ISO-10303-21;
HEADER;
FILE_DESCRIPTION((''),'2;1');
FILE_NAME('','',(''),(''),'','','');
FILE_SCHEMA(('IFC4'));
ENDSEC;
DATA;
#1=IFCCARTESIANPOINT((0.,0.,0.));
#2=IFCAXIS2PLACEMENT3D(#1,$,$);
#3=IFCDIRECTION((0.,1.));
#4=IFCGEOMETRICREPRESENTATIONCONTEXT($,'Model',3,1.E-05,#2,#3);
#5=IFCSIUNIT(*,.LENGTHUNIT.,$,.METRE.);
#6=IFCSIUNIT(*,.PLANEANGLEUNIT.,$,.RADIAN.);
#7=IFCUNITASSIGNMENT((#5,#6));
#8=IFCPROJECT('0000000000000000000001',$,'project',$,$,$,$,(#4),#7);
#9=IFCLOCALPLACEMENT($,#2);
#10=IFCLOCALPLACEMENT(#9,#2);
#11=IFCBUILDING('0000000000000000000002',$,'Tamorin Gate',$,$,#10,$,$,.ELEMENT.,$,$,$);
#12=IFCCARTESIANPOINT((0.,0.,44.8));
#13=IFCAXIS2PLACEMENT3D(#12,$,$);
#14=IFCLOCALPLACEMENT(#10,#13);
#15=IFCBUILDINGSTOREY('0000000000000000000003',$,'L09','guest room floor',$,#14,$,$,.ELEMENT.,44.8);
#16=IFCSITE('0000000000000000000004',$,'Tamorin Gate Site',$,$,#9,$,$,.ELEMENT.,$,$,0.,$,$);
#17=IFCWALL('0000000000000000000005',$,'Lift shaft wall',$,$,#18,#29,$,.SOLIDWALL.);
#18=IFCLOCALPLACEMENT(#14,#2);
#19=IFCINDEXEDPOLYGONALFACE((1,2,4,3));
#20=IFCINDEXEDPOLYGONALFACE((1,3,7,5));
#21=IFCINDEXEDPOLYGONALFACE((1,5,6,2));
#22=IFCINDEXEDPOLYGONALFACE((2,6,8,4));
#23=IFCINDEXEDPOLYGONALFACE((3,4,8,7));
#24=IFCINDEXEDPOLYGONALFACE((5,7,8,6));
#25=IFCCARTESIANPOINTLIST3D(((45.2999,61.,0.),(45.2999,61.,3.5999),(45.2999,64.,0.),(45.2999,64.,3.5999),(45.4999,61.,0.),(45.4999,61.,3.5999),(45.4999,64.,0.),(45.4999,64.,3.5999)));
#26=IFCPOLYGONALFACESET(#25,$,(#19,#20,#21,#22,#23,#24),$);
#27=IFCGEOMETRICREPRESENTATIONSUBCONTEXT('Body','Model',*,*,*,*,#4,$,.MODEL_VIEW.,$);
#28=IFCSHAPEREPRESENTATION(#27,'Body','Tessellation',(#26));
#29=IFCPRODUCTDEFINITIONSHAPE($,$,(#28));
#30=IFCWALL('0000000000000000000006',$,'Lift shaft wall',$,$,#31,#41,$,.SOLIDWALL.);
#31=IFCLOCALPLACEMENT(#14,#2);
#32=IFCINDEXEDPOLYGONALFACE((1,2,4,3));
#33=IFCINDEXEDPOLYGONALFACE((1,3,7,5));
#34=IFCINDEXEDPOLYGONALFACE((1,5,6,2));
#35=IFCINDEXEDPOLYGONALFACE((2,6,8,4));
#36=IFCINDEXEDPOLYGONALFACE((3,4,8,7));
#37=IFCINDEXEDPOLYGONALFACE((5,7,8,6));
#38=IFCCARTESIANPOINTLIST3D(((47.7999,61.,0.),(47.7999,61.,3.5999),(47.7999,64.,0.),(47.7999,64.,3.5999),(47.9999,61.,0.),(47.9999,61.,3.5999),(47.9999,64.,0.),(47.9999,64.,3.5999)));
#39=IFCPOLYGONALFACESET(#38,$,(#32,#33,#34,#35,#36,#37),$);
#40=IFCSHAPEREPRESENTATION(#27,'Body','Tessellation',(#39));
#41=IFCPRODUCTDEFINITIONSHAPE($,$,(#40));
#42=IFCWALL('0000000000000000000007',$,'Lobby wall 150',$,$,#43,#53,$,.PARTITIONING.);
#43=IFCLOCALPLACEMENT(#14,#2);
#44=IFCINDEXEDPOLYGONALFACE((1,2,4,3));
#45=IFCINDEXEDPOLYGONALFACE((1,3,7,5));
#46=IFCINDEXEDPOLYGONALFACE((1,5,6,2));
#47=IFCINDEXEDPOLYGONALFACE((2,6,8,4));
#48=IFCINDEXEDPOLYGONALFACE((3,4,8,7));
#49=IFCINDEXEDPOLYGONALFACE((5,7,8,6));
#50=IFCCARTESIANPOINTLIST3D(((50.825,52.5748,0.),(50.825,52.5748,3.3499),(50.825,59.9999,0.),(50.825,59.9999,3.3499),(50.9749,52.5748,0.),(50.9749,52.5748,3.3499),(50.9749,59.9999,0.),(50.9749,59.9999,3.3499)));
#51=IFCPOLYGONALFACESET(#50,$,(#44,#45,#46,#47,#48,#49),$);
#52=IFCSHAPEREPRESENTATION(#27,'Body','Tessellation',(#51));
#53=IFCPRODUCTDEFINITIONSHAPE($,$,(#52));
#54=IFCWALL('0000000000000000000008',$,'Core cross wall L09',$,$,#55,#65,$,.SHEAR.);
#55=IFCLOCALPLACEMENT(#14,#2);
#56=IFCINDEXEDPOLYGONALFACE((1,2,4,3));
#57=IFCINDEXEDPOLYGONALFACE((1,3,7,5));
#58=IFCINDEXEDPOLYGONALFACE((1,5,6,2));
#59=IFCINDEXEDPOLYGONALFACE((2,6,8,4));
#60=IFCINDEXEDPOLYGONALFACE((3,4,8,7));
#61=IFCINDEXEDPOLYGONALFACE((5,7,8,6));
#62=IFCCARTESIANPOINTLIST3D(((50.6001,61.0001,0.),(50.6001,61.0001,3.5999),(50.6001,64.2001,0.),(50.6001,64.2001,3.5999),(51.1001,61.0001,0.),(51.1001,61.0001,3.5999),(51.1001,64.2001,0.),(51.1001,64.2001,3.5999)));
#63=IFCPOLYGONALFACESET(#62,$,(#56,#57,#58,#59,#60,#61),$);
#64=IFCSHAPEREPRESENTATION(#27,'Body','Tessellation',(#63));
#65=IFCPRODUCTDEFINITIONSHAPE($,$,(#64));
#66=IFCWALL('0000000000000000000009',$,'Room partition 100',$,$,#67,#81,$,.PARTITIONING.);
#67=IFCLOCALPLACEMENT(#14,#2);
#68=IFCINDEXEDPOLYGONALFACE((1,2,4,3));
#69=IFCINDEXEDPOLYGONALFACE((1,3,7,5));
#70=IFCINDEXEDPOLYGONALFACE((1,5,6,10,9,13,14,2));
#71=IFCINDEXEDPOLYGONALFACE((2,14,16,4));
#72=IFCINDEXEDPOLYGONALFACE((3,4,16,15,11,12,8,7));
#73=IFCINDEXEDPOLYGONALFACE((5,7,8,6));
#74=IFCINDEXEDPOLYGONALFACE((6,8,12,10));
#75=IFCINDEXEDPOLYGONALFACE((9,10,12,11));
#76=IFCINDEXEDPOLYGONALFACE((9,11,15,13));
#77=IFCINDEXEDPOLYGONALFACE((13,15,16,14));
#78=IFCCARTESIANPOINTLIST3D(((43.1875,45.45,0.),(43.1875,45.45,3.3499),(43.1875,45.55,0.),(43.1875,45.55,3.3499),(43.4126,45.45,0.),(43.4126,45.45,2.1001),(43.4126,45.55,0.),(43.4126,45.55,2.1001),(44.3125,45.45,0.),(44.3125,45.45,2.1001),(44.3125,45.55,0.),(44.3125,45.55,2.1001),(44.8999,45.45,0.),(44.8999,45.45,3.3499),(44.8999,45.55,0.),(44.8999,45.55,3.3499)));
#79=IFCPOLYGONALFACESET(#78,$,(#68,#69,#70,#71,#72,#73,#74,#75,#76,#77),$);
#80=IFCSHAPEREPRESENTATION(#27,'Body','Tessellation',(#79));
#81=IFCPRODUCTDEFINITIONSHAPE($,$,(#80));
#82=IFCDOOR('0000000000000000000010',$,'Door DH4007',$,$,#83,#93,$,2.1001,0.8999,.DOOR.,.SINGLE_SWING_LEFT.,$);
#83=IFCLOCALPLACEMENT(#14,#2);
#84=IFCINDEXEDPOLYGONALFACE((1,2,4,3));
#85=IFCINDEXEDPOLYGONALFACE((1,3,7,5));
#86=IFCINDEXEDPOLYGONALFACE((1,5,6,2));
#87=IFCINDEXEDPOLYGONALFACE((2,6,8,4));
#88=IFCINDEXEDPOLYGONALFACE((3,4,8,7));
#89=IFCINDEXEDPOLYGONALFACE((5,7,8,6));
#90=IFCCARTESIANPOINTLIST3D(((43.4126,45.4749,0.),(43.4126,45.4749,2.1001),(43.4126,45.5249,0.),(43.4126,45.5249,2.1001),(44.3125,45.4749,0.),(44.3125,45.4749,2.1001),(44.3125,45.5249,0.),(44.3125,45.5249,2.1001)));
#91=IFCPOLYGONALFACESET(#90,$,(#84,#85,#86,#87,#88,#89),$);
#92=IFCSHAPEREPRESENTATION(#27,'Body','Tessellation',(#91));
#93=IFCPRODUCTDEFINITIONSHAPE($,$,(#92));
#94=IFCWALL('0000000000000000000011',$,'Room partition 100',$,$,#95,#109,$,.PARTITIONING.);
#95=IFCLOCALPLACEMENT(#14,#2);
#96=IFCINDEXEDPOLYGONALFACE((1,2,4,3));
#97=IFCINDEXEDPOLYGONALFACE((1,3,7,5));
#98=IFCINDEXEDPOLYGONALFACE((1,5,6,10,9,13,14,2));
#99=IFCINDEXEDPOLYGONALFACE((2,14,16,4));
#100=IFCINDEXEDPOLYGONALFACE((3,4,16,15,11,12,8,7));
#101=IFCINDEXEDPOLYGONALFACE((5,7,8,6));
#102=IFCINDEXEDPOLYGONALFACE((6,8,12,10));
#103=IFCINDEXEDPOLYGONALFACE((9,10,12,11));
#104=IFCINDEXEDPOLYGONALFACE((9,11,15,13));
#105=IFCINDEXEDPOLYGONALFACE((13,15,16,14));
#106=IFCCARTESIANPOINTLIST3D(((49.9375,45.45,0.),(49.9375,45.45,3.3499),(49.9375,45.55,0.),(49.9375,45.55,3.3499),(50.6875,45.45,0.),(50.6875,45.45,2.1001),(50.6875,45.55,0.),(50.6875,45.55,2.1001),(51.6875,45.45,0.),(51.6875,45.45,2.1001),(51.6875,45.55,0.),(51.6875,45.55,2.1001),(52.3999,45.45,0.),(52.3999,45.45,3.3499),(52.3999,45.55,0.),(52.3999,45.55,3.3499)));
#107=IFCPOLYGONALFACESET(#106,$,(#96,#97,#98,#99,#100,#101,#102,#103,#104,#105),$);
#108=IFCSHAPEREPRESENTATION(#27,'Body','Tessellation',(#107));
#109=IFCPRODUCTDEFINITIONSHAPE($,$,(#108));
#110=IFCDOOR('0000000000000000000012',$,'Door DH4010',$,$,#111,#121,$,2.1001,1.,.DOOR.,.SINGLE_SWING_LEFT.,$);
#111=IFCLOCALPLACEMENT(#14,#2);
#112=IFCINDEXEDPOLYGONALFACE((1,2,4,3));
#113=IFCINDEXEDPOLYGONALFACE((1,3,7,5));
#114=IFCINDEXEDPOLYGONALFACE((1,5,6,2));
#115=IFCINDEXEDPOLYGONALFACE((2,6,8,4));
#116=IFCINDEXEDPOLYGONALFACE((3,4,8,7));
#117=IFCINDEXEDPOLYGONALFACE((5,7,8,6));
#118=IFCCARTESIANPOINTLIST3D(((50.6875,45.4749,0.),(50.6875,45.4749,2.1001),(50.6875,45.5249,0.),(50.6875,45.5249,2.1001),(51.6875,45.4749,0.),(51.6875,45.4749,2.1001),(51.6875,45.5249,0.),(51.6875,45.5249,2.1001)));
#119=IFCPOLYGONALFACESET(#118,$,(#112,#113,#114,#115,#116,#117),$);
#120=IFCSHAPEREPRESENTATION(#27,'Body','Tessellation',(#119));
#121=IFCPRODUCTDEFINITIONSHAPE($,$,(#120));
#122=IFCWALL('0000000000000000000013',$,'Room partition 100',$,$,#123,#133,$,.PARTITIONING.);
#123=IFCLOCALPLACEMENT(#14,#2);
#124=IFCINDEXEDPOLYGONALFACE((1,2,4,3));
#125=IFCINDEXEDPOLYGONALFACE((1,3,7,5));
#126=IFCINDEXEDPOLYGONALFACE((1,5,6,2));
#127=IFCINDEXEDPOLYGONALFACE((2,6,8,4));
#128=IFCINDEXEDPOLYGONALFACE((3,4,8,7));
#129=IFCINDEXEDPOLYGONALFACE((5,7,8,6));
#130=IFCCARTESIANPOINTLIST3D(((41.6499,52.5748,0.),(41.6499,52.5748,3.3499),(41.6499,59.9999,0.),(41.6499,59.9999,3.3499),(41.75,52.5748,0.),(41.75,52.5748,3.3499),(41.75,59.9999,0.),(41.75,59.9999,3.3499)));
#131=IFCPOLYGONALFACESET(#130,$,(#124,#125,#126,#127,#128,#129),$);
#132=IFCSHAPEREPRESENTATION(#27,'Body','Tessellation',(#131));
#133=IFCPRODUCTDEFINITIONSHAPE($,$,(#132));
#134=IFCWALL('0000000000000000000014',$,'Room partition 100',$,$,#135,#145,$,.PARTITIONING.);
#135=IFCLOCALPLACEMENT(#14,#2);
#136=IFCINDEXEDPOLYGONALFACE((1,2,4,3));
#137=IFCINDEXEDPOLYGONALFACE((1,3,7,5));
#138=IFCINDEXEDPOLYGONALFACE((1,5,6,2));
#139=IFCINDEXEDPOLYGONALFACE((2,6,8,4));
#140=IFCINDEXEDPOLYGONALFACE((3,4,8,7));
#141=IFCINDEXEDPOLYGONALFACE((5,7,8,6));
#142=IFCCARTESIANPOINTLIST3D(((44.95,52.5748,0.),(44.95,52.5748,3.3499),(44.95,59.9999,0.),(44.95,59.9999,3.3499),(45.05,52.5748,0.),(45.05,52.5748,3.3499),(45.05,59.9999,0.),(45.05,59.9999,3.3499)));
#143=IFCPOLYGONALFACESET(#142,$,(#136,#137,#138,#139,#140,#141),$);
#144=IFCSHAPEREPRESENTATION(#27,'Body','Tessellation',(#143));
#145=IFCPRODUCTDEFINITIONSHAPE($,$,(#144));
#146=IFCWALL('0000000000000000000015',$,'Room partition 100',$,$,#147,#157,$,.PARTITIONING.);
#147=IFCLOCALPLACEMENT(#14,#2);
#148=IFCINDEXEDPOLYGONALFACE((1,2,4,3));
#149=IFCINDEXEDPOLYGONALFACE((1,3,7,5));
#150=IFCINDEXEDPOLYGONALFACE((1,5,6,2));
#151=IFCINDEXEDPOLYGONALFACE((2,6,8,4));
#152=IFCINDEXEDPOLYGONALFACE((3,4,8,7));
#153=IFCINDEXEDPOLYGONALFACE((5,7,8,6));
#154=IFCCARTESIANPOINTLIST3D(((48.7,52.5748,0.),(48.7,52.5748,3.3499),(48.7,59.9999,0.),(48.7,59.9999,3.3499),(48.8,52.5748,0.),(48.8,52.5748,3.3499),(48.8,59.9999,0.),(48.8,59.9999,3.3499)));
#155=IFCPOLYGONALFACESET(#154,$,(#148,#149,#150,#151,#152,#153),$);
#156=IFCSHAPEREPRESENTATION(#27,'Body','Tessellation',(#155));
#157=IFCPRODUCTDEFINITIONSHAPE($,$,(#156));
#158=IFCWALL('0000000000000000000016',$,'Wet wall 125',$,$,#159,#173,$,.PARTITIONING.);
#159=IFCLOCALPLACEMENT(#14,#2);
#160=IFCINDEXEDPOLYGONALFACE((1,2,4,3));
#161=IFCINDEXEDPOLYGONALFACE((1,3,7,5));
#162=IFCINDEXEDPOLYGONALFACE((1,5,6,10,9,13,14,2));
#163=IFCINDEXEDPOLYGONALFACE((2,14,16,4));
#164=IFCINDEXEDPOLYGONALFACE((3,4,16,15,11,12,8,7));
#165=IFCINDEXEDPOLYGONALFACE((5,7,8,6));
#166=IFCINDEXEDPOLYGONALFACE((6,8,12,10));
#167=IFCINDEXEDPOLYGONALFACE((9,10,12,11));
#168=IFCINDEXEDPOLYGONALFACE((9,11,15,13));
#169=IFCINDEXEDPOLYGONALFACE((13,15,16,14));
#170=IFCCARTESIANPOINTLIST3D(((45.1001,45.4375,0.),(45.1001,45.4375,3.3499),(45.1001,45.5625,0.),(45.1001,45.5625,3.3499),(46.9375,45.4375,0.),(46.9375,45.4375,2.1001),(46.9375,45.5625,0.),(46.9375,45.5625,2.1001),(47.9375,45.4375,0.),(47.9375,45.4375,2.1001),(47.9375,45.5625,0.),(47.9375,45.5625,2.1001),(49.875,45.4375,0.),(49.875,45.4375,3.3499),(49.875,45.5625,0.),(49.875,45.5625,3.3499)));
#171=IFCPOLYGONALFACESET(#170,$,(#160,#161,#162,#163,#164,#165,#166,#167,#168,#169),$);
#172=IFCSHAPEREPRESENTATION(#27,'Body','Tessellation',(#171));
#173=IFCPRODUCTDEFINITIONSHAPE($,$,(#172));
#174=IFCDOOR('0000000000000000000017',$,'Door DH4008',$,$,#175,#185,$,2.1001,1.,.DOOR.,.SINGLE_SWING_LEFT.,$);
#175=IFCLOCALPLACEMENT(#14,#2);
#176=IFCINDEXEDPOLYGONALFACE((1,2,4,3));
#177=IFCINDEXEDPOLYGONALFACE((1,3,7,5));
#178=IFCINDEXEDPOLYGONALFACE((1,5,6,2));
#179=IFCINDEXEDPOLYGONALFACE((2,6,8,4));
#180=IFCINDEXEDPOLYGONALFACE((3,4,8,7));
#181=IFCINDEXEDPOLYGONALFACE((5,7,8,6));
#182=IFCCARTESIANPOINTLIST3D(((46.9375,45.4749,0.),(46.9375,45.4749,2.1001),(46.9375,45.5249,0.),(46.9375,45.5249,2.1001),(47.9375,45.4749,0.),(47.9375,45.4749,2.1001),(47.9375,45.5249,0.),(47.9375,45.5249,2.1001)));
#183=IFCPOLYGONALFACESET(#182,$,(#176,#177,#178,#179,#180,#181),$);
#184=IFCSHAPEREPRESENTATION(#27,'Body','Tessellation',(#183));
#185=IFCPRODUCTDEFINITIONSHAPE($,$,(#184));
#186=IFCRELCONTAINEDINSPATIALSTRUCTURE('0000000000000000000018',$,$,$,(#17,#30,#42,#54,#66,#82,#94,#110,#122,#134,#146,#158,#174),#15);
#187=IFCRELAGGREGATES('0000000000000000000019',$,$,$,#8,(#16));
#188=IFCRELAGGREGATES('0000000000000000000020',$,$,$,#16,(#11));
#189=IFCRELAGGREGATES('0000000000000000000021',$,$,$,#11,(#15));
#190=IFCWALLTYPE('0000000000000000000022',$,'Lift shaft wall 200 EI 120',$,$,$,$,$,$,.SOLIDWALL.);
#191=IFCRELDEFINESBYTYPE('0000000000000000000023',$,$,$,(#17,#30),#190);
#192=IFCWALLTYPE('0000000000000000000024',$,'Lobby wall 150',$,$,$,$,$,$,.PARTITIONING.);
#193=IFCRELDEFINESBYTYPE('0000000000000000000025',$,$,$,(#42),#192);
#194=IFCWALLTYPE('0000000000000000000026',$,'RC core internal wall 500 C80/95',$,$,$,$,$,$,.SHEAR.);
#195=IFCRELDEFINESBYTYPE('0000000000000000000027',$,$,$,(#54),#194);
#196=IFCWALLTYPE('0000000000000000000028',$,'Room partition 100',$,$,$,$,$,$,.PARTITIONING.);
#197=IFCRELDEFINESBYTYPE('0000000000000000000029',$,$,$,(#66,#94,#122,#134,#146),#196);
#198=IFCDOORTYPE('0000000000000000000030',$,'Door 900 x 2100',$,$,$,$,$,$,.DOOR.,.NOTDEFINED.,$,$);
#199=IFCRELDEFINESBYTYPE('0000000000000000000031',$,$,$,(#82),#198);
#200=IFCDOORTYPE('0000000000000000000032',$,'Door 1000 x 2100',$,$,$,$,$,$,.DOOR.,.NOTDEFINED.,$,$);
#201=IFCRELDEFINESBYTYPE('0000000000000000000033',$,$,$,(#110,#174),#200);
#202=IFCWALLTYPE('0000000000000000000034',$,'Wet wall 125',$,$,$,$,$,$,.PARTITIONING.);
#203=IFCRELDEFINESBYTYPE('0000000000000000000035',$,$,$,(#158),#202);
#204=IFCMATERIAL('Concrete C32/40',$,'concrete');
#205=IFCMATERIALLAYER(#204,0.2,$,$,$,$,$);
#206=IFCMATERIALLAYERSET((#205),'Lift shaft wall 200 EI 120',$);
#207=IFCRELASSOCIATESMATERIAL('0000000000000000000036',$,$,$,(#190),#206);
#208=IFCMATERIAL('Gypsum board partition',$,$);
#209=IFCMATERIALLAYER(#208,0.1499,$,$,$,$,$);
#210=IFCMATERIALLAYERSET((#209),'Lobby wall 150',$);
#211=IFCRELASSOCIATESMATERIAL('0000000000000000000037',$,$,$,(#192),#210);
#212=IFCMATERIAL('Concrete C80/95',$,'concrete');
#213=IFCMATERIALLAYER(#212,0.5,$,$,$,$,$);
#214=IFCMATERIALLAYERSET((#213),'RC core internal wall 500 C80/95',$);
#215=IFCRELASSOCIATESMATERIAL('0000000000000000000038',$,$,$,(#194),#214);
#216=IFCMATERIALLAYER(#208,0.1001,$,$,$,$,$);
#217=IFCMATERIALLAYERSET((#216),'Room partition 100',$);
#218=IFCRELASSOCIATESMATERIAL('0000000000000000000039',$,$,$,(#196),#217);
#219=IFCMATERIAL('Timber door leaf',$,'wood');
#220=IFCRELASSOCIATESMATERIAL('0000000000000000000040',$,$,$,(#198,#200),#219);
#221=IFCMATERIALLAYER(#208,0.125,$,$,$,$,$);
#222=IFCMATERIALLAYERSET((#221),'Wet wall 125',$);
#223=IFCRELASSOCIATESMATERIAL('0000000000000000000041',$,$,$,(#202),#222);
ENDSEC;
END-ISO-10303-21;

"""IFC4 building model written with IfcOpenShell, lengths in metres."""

from ifc_helpers import new_model, si_unit, direction, frame, frame_2d, origin, place, context, subcontext, project, spatial, rectangle, extrude, material, layer, layer_set, type_object, element, fill, save


model = new_model("IFC4")

# Units and contexts
model_context = context("Model", 3, precision=1e-05, world=origin(), true_north=direction((0.0, 1.0)))
body_context = subcontext(model_context, "Body", "Model", "MODEL_VIEW")
ifc_project = project(units=[si_unit("LENGTHUNIT", "METRE"), si_unit("PLANEANGLEUNIT", "RADIAN")], contexts=[model_context])

# Site, building, storey
site_placement = place(None, origin())
site = spatial("IfcSite", under=ifc_project, at=site_placement, Name="Tamorin Gate Site", CompositionType="ELEMENT", RefElevation=0.0)
building_placement = place(site_placement, origin())
building = spatial("IfcBuilding", under=site, at=building_placement, Name="Tamorin Gate", CompositionType="ELEMENT")
storey_placement = place(building_placement, frame((0.0, 0.0, 44.8)))
storey = spatial("IfcBuildingStorey", under=building, at=storey_placement, Name="L09", Description="guest room floor", CompositionType="ELEMENT", Elevation=44.8)

# Shared definitions
ifc_material_1 = material(Name="Concrete C80/95", Category="concrete")

# Walls
ifc_material_2 = material(Name="Gypsum board partition")
ifc_material_3 = material(Name="Concrete C32/40", Category="concrete")
ifc_layer_1 = layer(ifc_material_3, 0.2)
ifc_layer_set_1 = layer_set([ifc_layer_1], Name="Lift shaft wall 200 EI 120")
wall_type_1 = type_object("IfcWallType", Name="Lift shaft wall 200 EI 120", PredefinedType="SOLIDWALL", material=ifc_layer_set_1)
for number, where, z_axis, x_axis, name in (
    (1, (45.3999, 61.0, 0.0), (0.0, 0.0, 1.0), (0.0, 1.0, 0.0), "Lift shaft wall"),
    (2, (47.8999, 61.0, 0.0), (0.0, 0.0, 1.0), (0.0, 1.0, 0.0), "Lift shaft wall"),
):
    element("IfcWall", number, at=place(storey_placement, frame(where, z_axis=z_axis, x_axis=x_axis)), inside=storey, type_object=wall_type_1, Name=name, PredefinedType="SOLIDWALL", context=body_context, shape_type="SweptSolid", body=[
        extrude(rectangle(XDim=3.0, YDim=0.2, at=frame_2d((1.5, 0.0))), origin(), (0.0, 0.0, 1.0), 3.5999),
    ])
ifc_layer_2 = layer(ifc_material_2, 0.1499)
ifc_layer_set_2 = layer_set([ifc_layer_2], Name="Lobby wall 150")
wall_type_2 = type_object("IfcWallType", Name="Lobby wall 150", PredefinedType="PARTITIONING", material=ifc_layer_set_2)
wall_1_placement = place(storey_placement, frame((50.8999, 52.575, 0.0), z_axis=(0.0, 0.0, 1.0), x_axis=(0.0, 1.0, 0.0)))
element("IfcWall", 3, at=wall_1_placement, inside=storey, type_object=wall_type_2, Name="Lobby wall 150", PredefinedType="PARTITIONING", context=body_context, shape_type="SweptSolid", body=[
    extrude(rectangle(XDim=7.425, YDim=0.1499, at=frame_2d((3.7124, 0.0))), origin(), (0.0, 0.0, 1.0), 3.3499),
])
ifc_layer_3 = layer(ifc_material_1, 0.5)
ifc_layer_set_3 = layer_set([ifc_layer_3], Name="RC core internal wall 500 C80/95")
wall_type_3 = type_object("IfcWallType", Name="RC core internal wall 500 C80/95", PredefinedType="SHEAR", material=ifc_layer_set_3)
wall_2_placement = place(storey_placement, frame((50.8501, 61.0, 0.0), z_axis=(0.0, 0.0, 1.0), x_axis=(0.0, 1.0, 0.0)))
element("IfcWall", 4, at=wall_2_placement, inside=storey, type_object=wall_type_3, Name="Core cross wall L09", PredefinedType="SHEAR", context=body_context, shape_type="SweptSolid", body=[
    extrude(rectangle(XDim=3.2, YDim=0.5, at=frame_2d((1.6001, 0.0))), origin(), (0.0, 0.0, 1.0), 3.5999),
])

# Walls, openings, doors
ifc_layer_4 = layer(ifc_material_2, 0.1001)
ifc_layer_set_4 = layer_set([ifc_layer_4], Name="Room partition 100")
wall_type_4 = type_object("IfcWallType", Name="Room partition 100", PredefinedType="PARTITIONING", material=ifc_layer_set_4)
wall_3_placement = place(storey_placement, frame((43.1875, 45.5, 0.0), z_axis=(0.0, 0.0, 1.0), x_axis=(1.0, 0.0, 0.0)))
wall_3 = element("IfcWall", 5, at=wall_3_placement, inside=storey, type_object=wall_type_4, Name="Room partition 100", PredefinedType="PARTITIONING", context=body_context, shape_type="SweptSolid", body=[
    extrude(rectangle(XDim=1.7124, YDim=0.1001, at=frame_2d((0.8562, 0.0))), origin(), (0.0, 0.0, 1.0), 3.3499),
])
opening_1_placement = place(wall_3_placement, frame((0.2251, 0.0, 0.0)))
opening_1 = element("IfcOpeningElement", 6, at=opening_1_placement, cuts=wall_3, PredefinedType="OPENING", context=body_context, shape_type="SweptSolid", body=[
    extrude(rectangle(XDim=0.8999, YDim=2.1001, at=frame_2d((0.45, 1.05))), frame((0.0, 0.0601, 0.0), z_axis=(0.0, -1.0, 0.0), x_axis=(1.0, 0.0, 0.0)), (0.0, 0.0, 1.0), 0.1201),
])
ifc_material_4 = material(Name="Timber door leaf", Category="wood")
door_type_1 = type_object("IfcDoorType", Name="Door 900 x 2100", OperationType="NOTDEFINED", PredefinedType="DOOR", material=ifc_material_4)
door_1_placement = place(opening_1_placement, origin())
door_1 = element("IfcDoor", 7, at=door_1_placement, inside=storey, type_object=door_type_1, Name="Door DH4007", OperationType="SINGLE_SWING_LEFT", OverallHeight=2.1001, OverallWidth=0.8999, PredefinedType="DOOR", context=body_context, shape_type="SweptSolid", body=[
    extrude(rectangle(XDim=0.8999, YDim=2.1001, at=frame_2d((0.45, 1.05))), frame((0.0, 0.0249, 0.0), z_axis=(0.0, -1.0, 0.0), x_axis=(1.0, 0.0, 0.0)), (0.0, 0.0, 1.0), 0.05),
])
fill(opening_1, door_1)
wall_4_placement = place(storey_placement, frame((49.9375, 45.5, 0.0), z_axis=(0.0, 0.0, 1.0), x_axis=(1.0, 0.0, 0.0)))
wall_4 = element("IfcWall", 8, at=wall_4_placement, inside=storey, type_object=wall_type_4, Name="Room partition 100", PredefinedType="PARTITIONING", context=body_context, shape_type="SweptSolid", body=[
    extrude(rectangle(XDim=2.4624, YDim=0.1001, at=frame_2d((1.2312, 0.0))), origin(), (0.0, 0.0, 1.0), 3.3499),
])
opening_2_placement = place(wall_4_placement, frame((0.75, 0.0, 0.0)))
opening_2 = element("IfcOpeningElement", 9, at=opening_2_placement, cuts=wall_4, PredefinedType="OPENING", context=body_context, shape_type="SweptSolid", body=[
    extrude(rectangle(XDim=1.0, YDim=2.1001, at=frame_2d((0.5, 1.05))), frame((0.0, 0.0601, 0.0), z_axis=(0.0, -1.0, 0.0), x_axis=(1.0, 0.0, 0.0)), (0.0, 0.0, 1.0), 0.1201),
])
door_type_2 = type_object("IfcDoorType", Name="Door 1000 x 2100", OperationType="NOTDEFINED", PredefinedType="DOOR", material=ifc_material_4)
door_2_placement = place(opening_2_placement, origin())
door_2 = element("IfcDoor", 10, at=door_2_placement, inside=storey, type_object=door_type_2, Name="Door DH4010", OperationType="SINGLE_SWING_LEFT", OverallHeight=2.1001, OverallWidth=1.0, PredefinedType="DOOR", context=body_context, shape_type="SweptSolid", body=[
    extrude(rectangle(XDim=1.0, YDim=2.1001, at=frame_2d((0.5, 1.05))), frame((0.0, 0.0249, 0.0), z_axis=(0.0, -1.0, 0.0), x_axis=(1.0, 0.0, 0.0)), (0.0, 0.0, 1.0), 0.05),
])
fill(opening_2, door_2)

# Walls
for number, where, z_axis, x_axis, name in (
    (11, (41.7, 52.575, 0.0), (0.0, 0.0, 1.0), (0.0, 1.0, 0.0), "Room partition 100"),
    (12, (45.0, 52.575, 0.0), (0.0, 0.0, 1.0), (0.0, 1.0, 0.0), "Room partition 100"),
    (13, (48.75, 52.575, 0.0), (0.0, 0.0, 1.0), (0.0, 1.0, 0.0), "Room partition 100"),
):
    element("IfcWall", number, at=place(storey_placement, frame(where, z_axis=z_axis, x_axis=x_axis)), inside=storey, type_object=wall_type_4, Name=name, PredefinedType="PARTITIONING", context=body_context, shape_type="SweptSolid", body=[
        extrude(rectangle(XDim=7.425, YDim=0.1001, at=frame_2d((3.7124, 0.0))), origin(), (0.0, 0.0, 1.0), 3.3499),
    ])

# Wall, opening, door
ifc_layer_5 = layer(ifc_material_2, 0.125)
ifc_layer_set_5 = layer_set([ifc_layer_5], Name="Wet wall 125")
wall_type_5 = type_object("IfcWallType", Name="Wet wall 125", PredefinedType="PARTITIONING", material=ifc_layer_set_5)
wall_5_placement = place(storey_placement, frame((45.1001, 45.5, 0.0), z_axis=(0.0, 0.0, 1.0), x_axis=(1.0, 0.0, 0.0)))
wall_5 = element("IfcWall", 14, at=wall_5_placement, inside=storey, type_object=wall_type_5, Name="Wet wall 125", PredefinedType="PARTITIONING", context=body_context, shape_type="SweptSolid", body=[
    extrude(rectangle(XDim=4.7749, YDim=0.125, at=frame_2d((2.3875, 0.0))), origin(), (0.0, 0.0, 1.0), 3.3499),
])
opening_3_placement = place(wall_5_placement, frame((1.8374, 0.0, 0.0)))
opening_3 = element("IfcOpeningElement", 15, at=opening_3_placement, cuts=wall_5, PredefinedType="OPENING", context=body_context, shape_type="SweptSolid", body=[
    extrude(rectangle(XDim=1.0, YDim=2.1001, at=frame_2d((0.5, 1.05))), frame((0.0, 0.0725, 0.0), z_axis=(0.0, -1.0, 0.0), x_axis=(1.0, 0.0, 0.0)), (0.0, 0.0, 1.0), 0.145),
])
door_3_placement = place(opening_3_placement, origin())
door_3 = element("IfcDoor", 16, at=door_3_placement, inside=storey, type_object=door_type_2, Name="Door DH4008", OperationType="SINGLE_SWING_LEFT", OverallHeight=2.1001, OverallWidth=1.0, PredefinedType="DOOR", context=body_context, shape_type="SweptSolid", body=[
    extrude(rectangle(XDim=1.0, YDim=2.1001, at=frame_2d((0.5, 1.05))), frame((0.0, 0.0249, 0.0), z_axis=(0.0, -1.0, 0.0), x_axis=(1.0, 0.0, 0.0)), (0.0, 0.0, 1.0), 0.05),
])
fill(opening_3, door_3)

save(model, "model.ifc")
